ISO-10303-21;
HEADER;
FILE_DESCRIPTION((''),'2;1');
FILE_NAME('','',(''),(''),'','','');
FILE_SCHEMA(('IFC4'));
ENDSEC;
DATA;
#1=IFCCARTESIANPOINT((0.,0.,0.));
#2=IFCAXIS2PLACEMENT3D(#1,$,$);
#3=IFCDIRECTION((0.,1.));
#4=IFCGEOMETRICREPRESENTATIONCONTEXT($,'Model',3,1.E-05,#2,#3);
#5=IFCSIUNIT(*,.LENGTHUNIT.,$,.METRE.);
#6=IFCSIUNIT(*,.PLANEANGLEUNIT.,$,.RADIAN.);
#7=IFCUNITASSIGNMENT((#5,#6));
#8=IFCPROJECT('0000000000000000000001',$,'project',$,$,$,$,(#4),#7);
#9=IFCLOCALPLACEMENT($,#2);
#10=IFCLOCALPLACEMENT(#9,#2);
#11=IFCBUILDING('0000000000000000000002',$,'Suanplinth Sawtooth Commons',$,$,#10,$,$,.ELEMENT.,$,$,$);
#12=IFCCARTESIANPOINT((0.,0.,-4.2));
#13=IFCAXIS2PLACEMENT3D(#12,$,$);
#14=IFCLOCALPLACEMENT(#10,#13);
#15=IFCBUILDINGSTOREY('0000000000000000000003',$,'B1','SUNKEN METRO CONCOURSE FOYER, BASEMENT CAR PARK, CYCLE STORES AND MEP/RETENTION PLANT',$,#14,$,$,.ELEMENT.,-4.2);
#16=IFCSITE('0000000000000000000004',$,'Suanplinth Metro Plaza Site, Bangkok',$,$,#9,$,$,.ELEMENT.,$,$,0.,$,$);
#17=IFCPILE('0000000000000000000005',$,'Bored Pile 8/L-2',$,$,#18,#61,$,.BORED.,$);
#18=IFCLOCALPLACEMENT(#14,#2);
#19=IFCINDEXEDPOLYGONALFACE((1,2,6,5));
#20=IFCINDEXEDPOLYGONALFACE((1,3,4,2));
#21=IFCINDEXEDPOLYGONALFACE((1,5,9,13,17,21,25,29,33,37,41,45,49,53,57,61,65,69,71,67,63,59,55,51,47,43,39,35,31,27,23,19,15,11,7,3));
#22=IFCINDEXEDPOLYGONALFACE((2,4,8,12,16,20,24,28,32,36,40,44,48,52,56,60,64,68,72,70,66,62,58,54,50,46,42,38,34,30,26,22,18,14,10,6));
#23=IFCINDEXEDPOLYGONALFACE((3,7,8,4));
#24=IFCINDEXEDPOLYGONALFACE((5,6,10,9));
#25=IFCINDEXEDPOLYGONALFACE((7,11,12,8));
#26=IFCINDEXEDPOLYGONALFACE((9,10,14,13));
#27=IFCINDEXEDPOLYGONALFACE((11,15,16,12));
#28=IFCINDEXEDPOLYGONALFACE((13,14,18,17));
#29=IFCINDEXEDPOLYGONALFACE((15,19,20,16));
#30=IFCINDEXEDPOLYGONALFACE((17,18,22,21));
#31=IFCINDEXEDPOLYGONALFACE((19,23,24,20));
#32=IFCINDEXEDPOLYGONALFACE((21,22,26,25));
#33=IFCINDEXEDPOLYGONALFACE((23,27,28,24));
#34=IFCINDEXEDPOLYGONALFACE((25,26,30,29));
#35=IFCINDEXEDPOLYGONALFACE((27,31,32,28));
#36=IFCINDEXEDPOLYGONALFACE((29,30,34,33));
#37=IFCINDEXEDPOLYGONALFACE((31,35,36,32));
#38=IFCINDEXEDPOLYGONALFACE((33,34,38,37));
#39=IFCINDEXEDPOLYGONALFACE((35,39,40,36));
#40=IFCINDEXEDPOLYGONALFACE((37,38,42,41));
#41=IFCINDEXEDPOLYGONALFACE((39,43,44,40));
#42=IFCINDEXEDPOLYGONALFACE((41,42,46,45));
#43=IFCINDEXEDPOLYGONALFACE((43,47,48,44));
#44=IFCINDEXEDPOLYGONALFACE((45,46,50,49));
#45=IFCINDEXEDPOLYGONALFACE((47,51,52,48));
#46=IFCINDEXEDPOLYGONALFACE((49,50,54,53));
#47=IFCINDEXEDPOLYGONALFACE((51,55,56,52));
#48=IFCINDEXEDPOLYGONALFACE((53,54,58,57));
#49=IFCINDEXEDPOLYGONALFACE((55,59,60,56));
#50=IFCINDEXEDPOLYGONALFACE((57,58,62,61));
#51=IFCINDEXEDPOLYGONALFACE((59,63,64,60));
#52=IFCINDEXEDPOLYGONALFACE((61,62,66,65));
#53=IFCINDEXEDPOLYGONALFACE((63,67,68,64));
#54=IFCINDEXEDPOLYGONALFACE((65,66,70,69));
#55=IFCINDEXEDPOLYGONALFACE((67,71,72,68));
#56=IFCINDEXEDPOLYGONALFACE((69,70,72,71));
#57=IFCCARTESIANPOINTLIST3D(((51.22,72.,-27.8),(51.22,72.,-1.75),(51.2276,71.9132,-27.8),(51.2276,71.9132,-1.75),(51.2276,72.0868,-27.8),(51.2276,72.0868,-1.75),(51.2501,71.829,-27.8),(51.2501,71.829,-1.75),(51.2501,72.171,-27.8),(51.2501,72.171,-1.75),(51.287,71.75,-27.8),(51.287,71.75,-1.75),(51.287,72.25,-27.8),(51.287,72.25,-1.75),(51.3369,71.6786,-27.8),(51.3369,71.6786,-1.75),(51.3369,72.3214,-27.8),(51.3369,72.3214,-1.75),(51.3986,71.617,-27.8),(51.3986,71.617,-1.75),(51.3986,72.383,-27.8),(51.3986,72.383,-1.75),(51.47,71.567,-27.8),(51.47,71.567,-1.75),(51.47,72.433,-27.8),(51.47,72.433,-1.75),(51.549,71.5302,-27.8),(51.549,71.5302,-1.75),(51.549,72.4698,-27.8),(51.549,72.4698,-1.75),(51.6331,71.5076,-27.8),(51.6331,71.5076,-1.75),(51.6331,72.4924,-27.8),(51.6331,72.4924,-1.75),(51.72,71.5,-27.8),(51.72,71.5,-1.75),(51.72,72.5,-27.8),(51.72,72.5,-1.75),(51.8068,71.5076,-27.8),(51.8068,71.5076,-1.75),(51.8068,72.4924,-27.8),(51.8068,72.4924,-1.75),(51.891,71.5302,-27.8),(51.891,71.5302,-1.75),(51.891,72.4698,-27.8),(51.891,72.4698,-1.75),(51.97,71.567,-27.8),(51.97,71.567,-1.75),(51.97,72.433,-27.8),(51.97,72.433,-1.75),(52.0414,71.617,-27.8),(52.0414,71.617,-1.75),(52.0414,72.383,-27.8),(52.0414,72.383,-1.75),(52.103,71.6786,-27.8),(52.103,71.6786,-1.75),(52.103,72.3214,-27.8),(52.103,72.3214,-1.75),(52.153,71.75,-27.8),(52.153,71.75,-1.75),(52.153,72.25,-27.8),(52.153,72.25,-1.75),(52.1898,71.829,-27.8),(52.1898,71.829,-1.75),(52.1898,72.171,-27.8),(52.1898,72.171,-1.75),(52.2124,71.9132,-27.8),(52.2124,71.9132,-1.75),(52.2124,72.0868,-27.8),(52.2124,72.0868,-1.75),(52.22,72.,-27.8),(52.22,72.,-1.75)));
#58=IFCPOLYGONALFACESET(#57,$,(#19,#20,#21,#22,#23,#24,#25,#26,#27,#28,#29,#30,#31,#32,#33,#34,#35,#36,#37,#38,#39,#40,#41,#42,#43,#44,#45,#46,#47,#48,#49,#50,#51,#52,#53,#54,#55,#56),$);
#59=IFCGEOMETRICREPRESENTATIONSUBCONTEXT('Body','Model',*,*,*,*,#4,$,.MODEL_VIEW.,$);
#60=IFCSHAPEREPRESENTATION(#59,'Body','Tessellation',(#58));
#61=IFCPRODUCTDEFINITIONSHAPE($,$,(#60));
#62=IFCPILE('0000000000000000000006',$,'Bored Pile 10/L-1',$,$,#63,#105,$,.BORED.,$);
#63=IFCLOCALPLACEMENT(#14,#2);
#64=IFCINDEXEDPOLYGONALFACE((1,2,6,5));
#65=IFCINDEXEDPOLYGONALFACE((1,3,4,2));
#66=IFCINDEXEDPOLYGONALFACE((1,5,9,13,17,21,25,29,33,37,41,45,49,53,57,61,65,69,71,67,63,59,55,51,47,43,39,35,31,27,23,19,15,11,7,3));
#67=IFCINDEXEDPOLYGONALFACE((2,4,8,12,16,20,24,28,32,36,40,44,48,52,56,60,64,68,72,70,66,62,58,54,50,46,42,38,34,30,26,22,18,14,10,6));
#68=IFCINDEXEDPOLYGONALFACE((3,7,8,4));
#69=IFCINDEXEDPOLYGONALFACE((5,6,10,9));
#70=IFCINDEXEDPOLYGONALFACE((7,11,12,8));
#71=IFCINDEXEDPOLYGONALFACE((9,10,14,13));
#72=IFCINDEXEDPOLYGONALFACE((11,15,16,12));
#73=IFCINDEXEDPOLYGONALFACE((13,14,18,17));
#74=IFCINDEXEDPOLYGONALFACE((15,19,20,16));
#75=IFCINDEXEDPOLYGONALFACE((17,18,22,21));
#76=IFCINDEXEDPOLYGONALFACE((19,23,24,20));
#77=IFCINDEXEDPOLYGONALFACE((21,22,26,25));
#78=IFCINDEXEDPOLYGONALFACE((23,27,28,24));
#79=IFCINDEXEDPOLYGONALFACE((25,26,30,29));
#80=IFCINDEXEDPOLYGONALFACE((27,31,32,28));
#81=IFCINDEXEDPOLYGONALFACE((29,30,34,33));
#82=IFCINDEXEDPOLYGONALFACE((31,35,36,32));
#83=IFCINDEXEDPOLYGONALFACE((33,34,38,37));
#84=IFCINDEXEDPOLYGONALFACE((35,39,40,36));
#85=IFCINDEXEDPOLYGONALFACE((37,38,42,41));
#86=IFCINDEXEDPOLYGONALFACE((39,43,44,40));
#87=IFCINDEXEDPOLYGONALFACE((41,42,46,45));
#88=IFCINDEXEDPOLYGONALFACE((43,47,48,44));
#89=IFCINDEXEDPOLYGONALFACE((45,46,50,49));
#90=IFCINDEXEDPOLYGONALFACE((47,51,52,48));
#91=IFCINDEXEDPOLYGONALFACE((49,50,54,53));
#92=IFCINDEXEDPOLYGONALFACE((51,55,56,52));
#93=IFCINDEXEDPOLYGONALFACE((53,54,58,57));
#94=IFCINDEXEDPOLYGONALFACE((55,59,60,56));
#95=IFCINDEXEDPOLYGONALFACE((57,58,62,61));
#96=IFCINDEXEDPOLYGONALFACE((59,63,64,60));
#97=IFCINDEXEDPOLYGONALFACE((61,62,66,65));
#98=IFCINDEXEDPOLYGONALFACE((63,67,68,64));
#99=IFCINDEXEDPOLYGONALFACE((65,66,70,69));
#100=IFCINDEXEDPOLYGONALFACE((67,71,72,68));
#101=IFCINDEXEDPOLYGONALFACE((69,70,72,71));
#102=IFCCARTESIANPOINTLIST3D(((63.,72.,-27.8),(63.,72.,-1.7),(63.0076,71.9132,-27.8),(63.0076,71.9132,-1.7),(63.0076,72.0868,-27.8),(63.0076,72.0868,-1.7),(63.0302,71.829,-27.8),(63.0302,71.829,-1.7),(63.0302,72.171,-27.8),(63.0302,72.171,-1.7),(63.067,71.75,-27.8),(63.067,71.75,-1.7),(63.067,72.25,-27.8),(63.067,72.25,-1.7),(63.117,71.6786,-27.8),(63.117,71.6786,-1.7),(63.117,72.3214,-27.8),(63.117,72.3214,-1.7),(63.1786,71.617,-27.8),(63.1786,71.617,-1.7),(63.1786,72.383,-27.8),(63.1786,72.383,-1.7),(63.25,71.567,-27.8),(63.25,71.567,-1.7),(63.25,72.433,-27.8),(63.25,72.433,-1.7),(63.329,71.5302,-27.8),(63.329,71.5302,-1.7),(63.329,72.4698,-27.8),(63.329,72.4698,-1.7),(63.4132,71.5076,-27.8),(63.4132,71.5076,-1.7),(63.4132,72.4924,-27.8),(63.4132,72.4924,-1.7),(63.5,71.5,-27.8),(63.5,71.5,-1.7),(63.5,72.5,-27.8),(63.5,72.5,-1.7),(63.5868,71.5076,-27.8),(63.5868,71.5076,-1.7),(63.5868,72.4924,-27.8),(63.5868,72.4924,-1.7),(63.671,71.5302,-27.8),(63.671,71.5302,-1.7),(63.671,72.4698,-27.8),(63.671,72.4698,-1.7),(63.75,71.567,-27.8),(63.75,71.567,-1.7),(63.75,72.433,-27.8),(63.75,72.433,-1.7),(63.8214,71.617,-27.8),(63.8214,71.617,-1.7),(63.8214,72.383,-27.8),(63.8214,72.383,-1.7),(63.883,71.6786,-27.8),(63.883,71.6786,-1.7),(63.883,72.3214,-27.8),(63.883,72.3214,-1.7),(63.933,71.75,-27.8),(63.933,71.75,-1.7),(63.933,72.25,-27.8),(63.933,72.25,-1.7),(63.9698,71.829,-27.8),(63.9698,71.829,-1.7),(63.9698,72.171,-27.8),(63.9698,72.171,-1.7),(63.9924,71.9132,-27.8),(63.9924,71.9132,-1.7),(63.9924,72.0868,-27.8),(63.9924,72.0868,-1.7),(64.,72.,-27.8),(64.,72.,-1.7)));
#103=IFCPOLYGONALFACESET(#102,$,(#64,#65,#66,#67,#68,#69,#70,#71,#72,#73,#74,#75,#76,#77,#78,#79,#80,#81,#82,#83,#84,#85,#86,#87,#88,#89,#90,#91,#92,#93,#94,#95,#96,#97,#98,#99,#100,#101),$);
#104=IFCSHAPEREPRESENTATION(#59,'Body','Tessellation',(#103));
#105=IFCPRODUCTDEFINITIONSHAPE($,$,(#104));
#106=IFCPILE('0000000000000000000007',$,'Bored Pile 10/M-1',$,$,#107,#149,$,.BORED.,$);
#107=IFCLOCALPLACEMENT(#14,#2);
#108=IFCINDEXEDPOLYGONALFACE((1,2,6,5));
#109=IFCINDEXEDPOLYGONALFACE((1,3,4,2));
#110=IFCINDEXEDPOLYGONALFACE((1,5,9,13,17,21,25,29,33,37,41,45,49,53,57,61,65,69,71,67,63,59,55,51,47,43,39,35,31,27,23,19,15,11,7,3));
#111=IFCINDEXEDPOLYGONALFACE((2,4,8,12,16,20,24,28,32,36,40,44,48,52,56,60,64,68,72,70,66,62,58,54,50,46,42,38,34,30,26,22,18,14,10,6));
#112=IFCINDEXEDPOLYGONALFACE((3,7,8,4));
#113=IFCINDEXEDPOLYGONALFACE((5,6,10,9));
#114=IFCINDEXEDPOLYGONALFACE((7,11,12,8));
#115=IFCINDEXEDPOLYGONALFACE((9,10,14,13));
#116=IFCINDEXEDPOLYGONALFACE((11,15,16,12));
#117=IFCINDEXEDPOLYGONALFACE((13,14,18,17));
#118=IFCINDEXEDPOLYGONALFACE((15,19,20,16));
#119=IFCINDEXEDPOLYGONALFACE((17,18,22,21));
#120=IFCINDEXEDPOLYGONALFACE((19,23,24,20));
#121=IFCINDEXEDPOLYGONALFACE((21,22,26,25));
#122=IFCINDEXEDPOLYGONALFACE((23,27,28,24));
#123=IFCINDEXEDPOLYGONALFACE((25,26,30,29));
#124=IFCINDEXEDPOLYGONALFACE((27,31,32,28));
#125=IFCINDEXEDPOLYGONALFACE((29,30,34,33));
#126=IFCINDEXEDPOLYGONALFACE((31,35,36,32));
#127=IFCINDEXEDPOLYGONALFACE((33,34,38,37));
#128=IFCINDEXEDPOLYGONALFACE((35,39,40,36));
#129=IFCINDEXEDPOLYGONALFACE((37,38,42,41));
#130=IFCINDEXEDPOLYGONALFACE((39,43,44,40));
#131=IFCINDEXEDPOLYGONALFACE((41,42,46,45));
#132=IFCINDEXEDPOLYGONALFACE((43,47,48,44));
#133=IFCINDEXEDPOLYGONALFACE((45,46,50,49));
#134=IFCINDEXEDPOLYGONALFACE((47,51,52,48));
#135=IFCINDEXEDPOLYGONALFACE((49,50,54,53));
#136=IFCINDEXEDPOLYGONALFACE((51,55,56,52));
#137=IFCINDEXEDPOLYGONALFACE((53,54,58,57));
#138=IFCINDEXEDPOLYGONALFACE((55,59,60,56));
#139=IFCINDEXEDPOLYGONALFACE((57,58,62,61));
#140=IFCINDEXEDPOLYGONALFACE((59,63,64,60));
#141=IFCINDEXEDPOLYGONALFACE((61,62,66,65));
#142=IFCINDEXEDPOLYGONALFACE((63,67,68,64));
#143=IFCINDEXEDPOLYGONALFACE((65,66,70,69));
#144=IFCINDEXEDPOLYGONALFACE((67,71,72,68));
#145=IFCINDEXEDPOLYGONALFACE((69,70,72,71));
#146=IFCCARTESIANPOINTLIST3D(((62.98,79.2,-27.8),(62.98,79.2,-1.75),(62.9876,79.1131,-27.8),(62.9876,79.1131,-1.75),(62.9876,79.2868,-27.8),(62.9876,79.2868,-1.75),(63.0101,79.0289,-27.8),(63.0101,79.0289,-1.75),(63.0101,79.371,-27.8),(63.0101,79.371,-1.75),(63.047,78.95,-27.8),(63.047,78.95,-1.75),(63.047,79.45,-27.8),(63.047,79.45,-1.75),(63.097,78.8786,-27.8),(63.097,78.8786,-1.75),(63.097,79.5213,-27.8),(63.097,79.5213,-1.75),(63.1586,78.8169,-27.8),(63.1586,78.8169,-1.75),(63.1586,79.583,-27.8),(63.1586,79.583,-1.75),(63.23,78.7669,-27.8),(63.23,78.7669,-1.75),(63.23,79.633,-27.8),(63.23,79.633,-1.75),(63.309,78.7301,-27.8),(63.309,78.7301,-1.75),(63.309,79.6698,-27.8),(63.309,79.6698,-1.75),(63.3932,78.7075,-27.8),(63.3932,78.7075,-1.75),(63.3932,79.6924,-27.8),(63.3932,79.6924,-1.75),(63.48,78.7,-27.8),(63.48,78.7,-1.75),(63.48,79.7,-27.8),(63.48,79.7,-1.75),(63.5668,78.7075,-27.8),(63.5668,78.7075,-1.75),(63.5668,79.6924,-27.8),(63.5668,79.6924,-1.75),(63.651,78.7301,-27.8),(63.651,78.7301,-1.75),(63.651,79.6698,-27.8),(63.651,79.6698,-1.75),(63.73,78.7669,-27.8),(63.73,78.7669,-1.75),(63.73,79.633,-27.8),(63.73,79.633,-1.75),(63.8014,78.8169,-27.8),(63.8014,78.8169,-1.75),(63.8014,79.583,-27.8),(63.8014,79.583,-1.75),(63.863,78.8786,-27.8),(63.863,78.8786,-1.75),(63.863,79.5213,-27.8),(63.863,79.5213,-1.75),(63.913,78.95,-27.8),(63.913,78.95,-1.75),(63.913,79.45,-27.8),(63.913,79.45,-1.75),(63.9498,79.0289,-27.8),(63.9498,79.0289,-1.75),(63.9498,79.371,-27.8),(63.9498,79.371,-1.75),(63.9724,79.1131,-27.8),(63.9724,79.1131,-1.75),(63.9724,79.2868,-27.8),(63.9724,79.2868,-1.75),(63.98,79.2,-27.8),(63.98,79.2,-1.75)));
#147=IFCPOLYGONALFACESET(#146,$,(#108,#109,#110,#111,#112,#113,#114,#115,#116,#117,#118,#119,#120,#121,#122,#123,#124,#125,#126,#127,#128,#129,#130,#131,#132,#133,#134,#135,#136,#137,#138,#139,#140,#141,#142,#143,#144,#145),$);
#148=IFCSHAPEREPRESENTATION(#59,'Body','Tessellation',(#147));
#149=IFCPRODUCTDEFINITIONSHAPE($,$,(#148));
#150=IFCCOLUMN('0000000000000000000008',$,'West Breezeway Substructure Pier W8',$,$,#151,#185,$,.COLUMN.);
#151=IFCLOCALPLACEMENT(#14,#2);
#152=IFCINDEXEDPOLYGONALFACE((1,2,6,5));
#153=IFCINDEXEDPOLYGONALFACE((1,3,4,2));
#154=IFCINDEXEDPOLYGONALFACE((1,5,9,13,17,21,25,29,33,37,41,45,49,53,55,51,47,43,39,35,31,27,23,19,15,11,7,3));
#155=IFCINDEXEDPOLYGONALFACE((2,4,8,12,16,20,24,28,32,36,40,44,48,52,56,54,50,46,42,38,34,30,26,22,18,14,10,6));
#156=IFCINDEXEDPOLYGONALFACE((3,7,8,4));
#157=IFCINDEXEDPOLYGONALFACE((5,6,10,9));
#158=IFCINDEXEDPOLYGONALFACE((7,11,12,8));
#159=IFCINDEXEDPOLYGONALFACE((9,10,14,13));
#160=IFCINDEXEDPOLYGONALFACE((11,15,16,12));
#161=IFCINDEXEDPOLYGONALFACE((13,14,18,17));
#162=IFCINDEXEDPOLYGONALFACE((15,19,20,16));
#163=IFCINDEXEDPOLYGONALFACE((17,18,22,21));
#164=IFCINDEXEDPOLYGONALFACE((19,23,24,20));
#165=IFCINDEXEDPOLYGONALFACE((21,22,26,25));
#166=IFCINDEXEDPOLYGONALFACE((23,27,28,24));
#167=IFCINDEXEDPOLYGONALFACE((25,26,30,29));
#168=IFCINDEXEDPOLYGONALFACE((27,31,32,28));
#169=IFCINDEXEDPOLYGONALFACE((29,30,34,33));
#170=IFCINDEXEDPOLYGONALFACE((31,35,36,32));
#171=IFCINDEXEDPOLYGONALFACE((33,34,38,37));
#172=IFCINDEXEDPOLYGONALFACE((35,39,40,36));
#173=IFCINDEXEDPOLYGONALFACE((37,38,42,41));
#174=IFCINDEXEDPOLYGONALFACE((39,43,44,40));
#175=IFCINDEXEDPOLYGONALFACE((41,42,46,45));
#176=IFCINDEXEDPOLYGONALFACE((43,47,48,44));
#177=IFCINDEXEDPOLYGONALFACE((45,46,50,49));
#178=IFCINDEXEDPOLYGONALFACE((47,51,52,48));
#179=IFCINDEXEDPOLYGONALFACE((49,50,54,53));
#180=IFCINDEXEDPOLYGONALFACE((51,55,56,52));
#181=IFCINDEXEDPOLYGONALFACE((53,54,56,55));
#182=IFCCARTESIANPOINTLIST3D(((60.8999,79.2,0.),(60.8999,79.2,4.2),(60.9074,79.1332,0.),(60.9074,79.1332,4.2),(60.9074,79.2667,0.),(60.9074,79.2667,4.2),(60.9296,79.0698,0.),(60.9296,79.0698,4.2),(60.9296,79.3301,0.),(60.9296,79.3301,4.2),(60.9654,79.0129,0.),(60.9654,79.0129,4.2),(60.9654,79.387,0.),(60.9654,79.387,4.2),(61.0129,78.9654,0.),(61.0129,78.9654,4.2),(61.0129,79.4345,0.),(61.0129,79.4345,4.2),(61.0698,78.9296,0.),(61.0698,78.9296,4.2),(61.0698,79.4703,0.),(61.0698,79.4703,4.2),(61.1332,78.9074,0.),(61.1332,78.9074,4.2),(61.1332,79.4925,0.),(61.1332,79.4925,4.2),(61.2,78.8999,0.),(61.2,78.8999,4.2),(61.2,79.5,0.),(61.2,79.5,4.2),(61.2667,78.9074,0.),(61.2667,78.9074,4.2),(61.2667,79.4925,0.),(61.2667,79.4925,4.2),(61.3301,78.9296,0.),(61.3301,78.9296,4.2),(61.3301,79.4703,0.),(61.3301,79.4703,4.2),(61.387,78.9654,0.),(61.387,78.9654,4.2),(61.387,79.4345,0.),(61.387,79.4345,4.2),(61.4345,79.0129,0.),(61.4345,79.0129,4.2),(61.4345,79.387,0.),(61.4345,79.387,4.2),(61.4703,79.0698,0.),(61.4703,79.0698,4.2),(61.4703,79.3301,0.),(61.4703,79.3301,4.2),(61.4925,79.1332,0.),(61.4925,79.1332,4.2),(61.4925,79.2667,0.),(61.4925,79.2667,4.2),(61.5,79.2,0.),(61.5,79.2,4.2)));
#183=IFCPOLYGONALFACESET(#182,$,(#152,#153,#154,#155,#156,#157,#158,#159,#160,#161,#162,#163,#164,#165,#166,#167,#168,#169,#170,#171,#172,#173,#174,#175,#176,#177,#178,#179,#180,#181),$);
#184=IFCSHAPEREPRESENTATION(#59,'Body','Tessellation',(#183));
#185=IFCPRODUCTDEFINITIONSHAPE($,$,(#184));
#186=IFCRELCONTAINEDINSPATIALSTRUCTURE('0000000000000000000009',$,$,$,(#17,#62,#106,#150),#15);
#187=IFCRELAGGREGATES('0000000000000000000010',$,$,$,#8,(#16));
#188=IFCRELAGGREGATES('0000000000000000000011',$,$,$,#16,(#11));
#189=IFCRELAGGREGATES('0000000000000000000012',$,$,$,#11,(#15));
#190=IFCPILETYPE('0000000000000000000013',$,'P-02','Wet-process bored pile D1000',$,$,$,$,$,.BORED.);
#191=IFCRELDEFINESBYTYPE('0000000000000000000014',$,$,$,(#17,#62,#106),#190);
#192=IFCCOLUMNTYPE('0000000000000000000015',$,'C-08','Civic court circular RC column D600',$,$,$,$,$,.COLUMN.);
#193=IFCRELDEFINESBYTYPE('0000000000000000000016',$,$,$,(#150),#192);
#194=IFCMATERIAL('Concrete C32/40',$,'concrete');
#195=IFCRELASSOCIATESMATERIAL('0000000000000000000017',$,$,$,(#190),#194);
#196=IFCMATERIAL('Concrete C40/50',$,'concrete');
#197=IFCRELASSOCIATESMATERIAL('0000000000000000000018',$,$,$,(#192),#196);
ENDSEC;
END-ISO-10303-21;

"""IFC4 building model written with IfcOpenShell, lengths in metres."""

from ifc_helpers import new_model, si_unit, direction, frame, origin, origin_2d, place, context, subcontext, project, spatial, circle, extrude, material, material_profile, profile_set, type_object, element, save


model = new_model("IFC4")

# Units and contexts
model_context = context("Model", 3, precision=1e-05, world=origin(), true_north=direction((0.0, 1.0)))
body_context = subcontext(model_context, "Body", "Model", "MODEL_VIEW")
ifc_project = project(units=[si_unit("LENGTHUNIT", "METRE"), si_unit("PLANEANGLEUNIT", "RADIAN")], contexts=[model_context])

# Site, building, storey
site_placement = place(None, origin())
site = spatial("IfcSite", under=ifc_project, at=site_placement, Name="Suanplinth Metro Plaza Site, Bangkok", CompositionType="ELEMENT", RefElevation=0.0)
building_placement = place(site_placement, origin())
building = spatial("IfcBuilding", under=site, at=building_placement, Name="Suanplinth Sawtooth Commons", CompositionType="ELEMENT")
storey_placement = place(building_placement, frame((0.0, 0.0, -4.2)))
storey = spatial("IfcBuildingStorey", under=building, at=storey_placement, Name="B1", Description="SUNKEN METRO CONCOURSE FOYER, BASEMENT CAR PARK, CYCLE STORES AND MEP/RETENTION PLANT", CompositionType="ELEMENT", Elevation=-4.2)

# Piles
ifc_material_1 = material(Name="Concrete C32/40", Category="concrete")
ifc_material_profile_1 = material_profile(ifc_material_1, circle(Radius=0.5, at=origin_2d()), Name="PILE D1000")
ifc_profile_set_1 = profile_set([ifc_material_profile_1], Name="Concrete C32/40")
pile_type_1 = type_object("IfcPileType", Name="P-02", Description="Wet-process bored pile D1000", PredefinedType="BORED", material=ifc_profile_set_1)
for number, where, z_axis, x_axis, name in (
    (1, (51.72, 72.0, -1.75), (0.0, 0.0, -1.0), (1.0, 0.0, 0.0), "Bored Pile 8/L-2"),
):
    element("IfcPile", number, at=place(storey_placement, frame(where, z_axis=z_axis, x_axis=x_axis)), inside=storey, type_object=pile_type_1, Name=name, PredefinedType="BORED", context=body_context, shape_type="SweptSolid", body=[
        extrude(circle(Radius=0.5, at=origin_2d()), origin(), (0.0, 0.0, 1.0), 26.05),
    ])
pile_1_placement = place(storey_placement, frame((63.5, 72.0, -1.7), z_axis=(0.0, 0.0, -1.0), x_axis=(1.0, 0.0, 0.0)))
element("IfcPile", 2, at=pile_1_placement, inside=storey, type_object=pile_type_1, Name="Bored Pile 10/L-1", PredefinedType="BORED", context=body_context, shape_type="SweptSolid", body=[
    extrude(circle(Radius=0.5, at=origin_2d()), origin(), (0.0, 0.0, 1.0), 26.1001),
])
pile_2_placement = place(storey_placement, frame((63.48, 79.2, -1.75), z_axis=(0.0, 0.0, -1.0), x_axis=(1.0, 0.0, 0.0)))
element("IfcPile", 3, at=pile_2_placement, inside=storey, type_object=pile_type_1, Name="Bored Pile 10/M-1", PredefinedType="BORED", context=body_context, shape_type="SweptSolid", body=[
    extrude(circle(Radius=0.5, at=origin_2d()), origin(), (0.0, 0.0, 1.0), 26.05),
])

# Column
ifc_material_2 = material(Name="Concrete C40/50", Category="concrete")
ifc_material_profile_2 = material_profile(ifc_material_2, circle(Radius=0.3, at=origin_2d()), Name="RC-CIRC D600")
ifc_profile_set_2 = profile_set([ifc_material_profile_2], Name="Concrete C40/50")
column_type_1 = type_object("IfcColumnType", Name="C-08", Description="Civic court circular RC column D600", PredefinedType="COLUMN", material=ifc_profile_set_2)
column_placement = place(storey_placement, frame((61.2, 79.2, 0.0), z_axis=(0.0, 0.0, 1.0), x_axis=(1.0, 0.0, 0.0)))
element("IfcColumn", 4, at=column_placement, inside=storey, type_object=column_type_1, Name="West Breezeway Substructure Pier W8", PredefinedType="COLUMN", context=body_context, shape_type="SweptSolid", body=[
    extrude(circle(Radius=0.3, at=origin_2d()), origin(), (0.0, 0.0, 1.0), 4.2),
])

save(model, "model.ifc")
